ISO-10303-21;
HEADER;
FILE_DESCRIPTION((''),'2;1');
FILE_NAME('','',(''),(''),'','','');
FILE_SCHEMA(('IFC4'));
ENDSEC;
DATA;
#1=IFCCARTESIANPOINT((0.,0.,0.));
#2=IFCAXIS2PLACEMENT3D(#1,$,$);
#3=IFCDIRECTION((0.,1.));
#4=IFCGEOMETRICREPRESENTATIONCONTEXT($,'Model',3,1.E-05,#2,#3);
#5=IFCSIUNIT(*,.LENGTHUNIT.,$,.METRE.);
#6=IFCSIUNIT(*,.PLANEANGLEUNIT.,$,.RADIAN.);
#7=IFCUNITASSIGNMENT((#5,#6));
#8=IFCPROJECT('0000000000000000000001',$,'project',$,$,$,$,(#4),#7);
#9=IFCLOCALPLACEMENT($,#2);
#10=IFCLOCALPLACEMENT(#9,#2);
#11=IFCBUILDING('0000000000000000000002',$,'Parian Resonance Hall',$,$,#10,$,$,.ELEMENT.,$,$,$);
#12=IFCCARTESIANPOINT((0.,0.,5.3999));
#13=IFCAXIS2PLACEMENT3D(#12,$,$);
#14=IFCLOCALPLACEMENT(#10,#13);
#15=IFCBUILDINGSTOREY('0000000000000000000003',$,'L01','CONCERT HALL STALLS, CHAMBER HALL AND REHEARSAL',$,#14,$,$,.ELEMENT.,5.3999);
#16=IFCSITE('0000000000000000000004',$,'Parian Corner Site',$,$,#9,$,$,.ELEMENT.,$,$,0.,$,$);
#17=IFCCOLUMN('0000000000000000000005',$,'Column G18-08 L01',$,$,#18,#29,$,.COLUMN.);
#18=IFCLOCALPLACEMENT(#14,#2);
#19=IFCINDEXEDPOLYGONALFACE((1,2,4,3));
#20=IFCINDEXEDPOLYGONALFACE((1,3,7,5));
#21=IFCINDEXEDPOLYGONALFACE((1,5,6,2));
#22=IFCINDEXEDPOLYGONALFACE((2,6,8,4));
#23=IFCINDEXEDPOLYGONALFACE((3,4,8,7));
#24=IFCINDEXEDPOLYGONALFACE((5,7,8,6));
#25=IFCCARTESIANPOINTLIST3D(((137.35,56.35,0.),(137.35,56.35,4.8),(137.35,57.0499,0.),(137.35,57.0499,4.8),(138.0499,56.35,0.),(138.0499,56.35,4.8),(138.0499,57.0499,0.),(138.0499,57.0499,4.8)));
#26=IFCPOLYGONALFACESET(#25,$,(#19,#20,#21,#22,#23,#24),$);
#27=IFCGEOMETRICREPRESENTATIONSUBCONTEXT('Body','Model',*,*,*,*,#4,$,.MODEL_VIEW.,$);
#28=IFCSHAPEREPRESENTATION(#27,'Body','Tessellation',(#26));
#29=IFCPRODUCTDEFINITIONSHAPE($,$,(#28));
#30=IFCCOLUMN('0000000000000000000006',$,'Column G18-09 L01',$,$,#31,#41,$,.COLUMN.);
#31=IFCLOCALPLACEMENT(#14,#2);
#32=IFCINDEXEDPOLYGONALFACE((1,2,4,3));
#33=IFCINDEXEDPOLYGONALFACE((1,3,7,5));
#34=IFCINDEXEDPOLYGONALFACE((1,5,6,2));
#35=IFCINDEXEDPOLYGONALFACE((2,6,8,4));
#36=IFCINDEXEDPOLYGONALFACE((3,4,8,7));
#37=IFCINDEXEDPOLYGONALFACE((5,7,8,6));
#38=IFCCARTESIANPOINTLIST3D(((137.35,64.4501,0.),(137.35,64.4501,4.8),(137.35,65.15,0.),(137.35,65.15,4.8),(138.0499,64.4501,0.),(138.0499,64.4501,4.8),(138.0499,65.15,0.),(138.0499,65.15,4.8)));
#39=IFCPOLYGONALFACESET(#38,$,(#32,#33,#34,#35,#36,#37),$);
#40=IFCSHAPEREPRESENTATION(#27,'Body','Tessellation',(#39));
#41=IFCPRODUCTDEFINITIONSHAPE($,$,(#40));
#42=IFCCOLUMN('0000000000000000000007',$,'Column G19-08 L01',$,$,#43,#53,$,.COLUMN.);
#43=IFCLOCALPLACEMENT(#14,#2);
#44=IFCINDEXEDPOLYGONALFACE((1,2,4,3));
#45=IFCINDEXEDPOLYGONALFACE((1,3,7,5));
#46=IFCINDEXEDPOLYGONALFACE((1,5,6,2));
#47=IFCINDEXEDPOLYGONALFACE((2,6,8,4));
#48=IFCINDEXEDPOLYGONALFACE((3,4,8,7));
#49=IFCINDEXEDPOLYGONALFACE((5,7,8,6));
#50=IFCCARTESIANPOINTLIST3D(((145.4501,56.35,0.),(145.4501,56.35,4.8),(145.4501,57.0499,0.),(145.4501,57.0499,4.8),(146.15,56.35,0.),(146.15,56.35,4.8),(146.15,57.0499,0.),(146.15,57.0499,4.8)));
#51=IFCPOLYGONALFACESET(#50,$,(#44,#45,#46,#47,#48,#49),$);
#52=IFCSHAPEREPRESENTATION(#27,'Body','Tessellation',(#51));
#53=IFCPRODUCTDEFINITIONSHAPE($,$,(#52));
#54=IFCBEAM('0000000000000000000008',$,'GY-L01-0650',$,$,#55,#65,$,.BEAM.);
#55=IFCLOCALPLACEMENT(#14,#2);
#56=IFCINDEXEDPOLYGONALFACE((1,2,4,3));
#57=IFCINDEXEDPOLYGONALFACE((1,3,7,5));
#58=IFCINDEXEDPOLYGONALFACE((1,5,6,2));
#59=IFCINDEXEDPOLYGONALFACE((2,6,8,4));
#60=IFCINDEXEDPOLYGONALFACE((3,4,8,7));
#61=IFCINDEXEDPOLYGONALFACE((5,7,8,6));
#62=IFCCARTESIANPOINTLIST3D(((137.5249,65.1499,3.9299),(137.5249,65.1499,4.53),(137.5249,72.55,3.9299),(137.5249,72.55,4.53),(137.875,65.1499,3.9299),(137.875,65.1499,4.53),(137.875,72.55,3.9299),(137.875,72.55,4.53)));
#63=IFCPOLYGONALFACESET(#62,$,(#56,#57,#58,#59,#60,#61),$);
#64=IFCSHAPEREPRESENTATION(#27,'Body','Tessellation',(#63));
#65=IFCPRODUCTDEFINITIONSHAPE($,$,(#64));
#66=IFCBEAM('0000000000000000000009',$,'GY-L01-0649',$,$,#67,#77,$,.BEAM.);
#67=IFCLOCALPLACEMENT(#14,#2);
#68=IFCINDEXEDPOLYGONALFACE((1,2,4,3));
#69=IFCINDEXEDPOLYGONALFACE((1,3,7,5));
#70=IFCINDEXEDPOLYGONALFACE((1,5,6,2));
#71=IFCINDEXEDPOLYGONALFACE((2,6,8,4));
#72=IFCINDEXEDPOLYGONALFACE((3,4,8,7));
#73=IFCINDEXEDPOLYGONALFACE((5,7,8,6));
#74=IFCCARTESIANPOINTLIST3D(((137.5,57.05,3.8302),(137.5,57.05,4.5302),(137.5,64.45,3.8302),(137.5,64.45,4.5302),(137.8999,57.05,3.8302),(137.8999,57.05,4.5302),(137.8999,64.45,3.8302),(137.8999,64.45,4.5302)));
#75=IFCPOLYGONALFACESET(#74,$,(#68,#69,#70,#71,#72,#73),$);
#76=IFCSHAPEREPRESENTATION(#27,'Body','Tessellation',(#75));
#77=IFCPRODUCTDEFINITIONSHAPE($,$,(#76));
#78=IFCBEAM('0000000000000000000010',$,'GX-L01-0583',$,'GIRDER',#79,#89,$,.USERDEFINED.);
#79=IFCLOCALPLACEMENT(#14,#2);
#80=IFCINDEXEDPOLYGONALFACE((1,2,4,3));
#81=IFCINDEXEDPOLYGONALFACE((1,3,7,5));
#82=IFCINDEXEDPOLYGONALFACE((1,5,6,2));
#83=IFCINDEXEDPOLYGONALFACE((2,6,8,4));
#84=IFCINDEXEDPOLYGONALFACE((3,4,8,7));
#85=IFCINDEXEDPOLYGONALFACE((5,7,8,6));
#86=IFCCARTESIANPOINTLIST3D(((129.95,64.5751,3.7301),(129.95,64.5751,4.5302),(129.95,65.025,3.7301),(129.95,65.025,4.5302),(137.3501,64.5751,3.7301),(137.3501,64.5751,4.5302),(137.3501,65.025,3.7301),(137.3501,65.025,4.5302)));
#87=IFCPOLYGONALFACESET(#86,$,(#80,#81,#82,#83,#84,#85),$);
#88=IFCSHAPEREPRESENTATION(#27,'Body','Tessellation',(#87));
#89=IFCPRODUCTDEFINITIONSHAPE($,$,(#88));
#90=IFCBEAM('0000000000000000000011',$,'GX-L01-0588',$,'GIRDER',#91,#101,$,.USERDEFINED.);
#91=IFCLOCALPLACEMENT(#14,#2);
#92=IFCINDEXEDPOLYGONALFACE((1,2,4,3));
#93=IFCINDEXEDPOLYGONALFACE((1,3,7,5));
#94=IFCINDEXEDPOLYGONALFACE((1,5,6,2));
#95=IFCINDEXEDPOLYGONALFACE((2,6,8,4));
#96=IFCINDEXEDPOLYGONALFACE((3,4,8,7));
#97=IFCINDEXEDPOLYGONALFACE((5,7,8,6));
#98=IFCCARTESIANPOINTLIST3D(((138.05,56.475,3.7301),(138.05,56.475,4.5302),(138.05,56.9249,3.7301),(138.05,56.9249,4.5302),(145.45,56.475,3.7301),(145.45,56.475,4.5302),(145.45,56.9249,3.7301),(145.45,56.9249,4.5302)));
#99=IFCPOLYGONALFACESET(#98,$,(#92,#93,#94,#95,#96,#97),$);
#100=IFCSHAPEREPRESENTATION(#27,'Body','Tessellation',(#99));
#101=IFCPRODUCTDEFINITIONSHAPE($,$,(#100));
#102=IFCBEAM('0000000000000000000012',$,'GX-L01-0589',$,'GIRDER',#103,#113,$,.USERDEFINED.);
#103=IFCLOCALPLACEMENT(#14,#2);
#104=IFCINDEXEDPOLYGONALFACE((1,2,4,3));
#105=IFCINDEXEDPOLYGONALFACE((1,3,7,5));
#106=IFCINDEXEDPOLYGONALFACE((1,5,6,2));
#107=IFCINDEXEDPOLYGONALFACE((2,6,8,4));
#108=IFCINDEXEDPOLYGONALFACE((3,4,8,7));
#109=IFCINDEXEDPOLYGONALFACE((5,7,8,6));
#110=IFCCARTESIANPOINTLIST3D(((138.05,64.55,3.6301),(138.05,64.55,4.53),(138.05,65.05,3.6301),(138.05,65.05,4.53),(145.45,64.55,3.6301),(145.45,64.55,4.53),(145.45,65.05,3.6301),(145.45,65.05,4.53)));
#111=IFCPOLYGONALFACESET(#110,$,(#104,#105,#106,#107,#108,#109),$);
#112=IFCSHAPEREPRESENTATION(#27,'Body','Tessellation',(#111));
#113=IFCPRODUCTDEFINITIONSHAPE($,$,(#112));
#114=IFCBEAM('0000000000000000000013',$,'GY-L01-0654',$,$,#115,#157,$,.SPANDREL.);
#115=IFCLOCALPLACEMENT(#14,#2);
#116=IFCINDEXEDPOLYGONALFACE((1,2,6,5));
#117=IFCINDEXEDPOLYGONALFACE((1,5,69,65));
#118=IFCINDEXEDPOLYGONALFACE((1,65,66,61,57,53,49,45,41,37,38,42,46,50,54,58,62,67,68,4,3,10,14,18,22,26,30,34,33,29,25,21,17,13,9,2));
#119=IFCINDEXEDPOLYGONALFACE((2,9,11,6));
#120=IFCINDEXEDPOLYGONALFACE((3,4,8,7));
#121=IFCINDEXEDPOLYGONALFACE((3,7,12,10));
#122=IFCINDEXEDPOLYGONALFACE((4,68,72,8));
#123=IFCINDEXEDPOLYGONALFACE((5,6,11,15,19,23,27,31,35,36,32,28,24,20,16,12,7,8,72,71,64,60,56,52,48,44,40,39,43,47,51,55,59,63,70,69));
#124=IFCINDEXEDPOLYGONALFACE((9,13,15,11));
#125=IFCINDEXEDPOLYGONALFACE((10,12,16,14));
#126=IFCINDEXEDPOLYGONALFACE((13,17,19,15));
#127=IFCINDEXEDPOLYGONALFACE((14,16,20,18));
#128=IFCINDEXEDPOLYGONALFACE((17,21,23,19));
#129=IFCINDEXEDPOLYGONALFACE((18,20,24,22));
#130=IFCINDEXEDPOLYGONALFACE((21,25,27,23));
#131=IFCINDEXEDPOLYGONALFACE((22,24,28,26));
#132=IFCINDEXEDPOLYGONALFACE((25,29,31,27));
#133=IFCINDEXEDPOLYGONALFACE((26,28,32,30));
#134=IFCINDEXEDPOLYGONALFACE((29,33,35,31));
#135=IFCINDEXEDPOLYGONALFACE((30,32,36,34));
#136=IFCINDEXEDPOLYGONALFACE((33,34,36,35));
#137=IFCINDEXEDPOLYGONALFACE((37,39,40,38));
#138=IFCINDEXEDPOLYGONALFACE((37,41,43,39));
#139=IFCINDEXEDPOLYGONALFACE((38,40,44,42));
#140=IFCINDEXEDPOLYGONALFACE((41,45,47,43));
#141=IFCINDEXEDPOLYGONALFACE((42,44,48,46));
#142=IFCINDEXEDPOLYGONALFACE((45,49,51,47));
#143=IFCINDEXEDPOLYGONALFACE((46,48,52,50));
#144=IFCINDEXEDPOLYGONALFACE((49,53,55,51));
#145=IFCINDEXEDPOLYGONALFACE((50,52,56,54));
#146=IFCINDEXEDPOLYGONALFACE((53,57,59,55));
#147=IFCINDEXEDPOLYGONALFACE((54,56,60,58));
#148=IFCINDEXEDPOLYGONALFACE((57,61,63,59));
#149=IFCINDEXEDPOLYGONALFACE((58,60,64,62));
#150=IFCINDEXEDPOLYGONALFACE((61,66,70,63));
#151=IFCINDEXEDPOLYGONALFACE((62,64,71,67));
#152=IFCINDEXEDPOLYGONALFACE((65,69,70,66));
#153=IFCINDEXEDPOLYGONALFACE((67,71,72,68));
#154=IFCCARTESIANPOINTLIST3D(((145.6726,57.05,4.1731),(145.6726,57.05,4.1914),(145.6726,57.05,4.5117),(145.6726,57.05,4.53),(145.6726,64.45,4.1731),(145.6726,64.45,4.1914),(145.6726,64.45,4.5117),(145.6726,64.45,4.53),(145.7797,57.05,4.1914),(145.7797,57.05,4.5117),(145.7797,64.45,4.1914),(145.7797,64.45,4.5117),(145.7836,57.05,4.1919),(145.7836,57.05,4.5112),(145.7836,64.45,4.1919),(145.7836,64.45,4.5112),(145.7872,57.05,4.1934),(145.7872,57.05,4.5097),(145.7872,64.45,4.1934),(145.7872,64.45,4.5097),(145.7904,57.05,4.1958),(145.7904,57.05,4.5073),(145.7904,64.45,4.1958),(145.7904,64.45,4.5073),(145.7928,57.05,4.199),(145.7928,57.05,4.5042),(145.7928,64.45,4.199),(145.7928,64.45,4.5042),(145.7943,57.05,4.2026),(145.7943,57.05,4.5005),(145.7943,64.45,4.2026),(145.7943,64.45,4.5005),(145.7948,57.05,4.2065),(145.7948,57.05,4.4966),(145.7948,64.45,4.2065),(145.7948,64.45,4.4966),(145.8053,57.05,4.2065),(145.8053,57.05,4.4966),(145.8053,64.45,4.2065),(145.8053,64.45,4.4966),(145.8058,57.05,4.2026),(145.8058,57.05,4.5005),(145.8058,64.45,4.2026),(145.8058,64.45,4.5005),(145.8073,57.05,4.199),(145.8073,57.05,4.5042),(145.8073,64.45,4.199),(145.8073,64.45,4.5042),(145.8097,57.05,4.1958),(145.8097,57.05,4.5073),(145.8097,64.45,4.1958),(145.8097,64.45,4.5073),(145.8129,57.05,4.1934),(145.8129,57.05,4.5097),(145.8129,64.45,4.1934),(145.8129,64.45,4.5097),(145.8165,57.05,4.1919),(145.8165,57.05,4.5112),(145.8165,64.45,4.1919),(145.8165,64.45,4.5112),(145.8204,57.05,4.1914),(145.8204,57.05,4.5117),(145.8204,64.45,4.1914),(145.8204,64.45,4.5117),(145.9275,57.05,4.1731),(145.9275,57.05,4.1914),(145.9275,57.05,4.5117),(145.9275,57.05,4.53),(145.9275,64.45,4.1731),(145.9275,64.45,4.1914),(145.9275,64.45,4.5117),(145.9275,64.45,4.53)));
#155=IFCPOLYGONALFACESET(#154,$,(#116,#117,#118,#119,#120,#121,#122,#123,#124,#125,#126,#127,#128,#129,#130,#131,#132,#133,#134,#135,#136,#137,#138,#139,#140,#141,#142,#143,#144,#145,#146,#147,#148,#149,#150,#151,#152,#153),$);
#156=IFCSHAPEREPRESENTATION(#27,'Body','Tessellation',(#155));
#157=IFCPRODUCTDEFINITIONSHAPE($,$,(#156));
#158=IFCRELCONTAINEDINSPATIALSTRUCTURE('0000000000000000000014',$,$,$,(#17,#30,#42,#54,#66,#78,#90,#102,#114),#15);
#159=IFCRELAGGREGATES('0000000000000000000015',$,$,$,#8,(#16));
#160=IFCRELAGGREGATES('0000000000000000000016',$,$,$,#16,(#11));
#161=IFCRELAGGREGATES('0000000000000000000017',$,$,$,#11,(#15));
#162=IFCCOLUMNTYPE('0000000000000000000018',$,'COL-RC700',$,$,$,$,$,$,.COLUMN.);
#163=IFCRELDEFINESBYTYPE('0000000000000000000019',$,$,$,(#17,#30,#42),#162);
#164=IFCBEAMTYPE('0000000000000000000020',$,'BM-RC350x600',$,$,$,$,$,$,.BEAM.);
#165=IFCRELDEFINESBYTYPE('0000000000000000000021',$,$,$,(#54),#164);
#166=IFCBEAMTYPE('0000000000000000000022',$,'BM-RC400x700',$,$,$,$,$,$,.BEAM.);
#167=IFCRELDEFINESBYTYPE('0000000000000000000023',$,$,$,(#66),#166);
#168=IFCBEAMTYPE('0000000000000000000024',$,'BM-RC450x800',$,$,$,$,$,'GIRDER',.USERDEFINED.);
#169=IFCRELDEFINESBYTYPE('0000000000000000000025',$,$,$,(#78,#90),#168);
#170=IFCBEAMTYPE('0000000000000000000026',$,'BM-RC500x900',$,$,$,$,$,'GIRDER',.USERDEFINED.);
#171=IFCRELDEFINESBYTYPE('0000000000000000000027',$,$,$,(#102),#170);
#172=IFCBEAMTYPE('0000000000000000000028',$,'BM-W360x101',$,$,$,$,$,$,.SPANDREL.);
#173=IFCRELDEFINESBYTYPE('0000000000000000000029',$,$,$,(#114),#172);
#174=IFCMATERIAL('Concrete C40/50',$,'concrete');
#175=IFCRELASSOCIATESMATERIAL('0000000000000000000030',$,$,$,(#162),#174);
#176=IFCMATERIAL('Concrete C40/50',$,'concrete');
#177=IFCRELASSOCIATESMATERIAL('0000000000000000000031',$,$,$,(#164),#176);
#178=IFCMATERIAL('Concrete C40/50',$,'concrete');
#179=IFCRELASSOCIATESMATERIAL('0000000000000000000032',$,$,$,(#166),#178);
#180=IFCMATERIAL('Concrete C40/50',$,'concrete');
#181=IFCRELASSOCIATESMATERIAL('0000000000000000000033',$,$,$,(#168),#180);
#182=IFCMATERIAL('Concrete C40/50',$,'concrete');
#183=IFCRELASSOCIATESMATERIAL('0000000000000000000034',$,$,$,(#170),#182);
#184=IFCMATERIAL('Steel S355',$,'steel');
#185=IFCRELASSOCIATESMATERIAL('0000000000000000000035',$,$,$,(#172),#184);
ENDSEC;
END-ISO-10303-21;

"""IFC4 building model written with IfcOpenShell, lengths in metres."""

from ifc_helpers import new_model, si_unit, direction, frame, origin, origin_2d, place, context, subcontext, project, spatial, rectangle, i_section, extrude, material, material_profile, profile_set, type_object, element, save


model = new_model("IFC4")

# Units and contexts
model_context = context("Model", 3, precision=1e-05, world=origin(), true_north=direction((0.0, 1.0)))
body_context = subcontext(model_context, "Body", "Model", "MODEL_VIEW")
ifc_project = project(units=[si_unit("LENGTHUNIT", "METRE"), si_unit("PLANEANGLEUNIT", "RADIAN")], contexts=[model_context])

# Site, building, storey
site_placement = place(None, origin())
site = spatial("IfcSite", under=ifc_project, at=site_placement, Name="Parian Corner Site", CompositionType="ELEMENT", RefElevation=0.0)
building_placement = place(site_placement, origin())
building = spatial("IfcBuilding", under=site, at=building_placement, Name="Parian Resonance Hall", CompositionType="ELEMENT")
storey_placement = place(building_placement, frame((0.0, 0.0, 5.3999)))
storey = spatial("IfcBuildingStorey", under=building, at=storey_placement, Name="L01", Description="CONCERT HALL STALLS, CHAMBER HALL AND REHEARSAL", CompositionType="ELEMENT", Elevation=5.3999)

# Columns
ifc_material_1 = material(Name="Concrete C40/50", Category="concrete")
ifc_material_profile_1 = material_profile(ifc_material_1, rectangle(XDim=0.7, YDim=0.7, at=origin_2d()), Name="RC-COL-700x700")
ifc_profile_set_1 = profile_set([ifc_material_profile_1], Name="Concrete C40/50")
column_type = type_object("IfcColumnType", Name="COL-RC700", PredefinedType="COLUMN", material=ifc_profile_set_1)
for number, where, z_axis, x_axis, name in (
    (1, (137.7, 56.7, 0.0), (0.0, 0.0, 1.0), (1.0, 0.0, 0.0), "Column G18-08 L01"),
    (2, (137.7, 64.8, 0.0), (0.0, 0.0, 1.0), (1.0, 0.0, 0.0), "Column G18-09 L01"),
    (3, (145.8, 56.7, 0.0), (0.0, 0.0, 1.0), (1.0, 0.0, 0.0), "Column G19-08 L01"),
):
    element("IfcColumn", number, at=place(storey_placement, frame(where, z_axis=z_axis, x_axis=x_axis)), inside=storey, type_object=column_type, Name=name, PredefinedType="COLUMN", context=body_context, shape_type="SweptSolid", body=[
        extrude(rectangle(XDim=0.7, YDim=0.7, at=origin_2d()), origin(), (0.0, 0.0, 1.0), 4.8),
    ])

# Beams
ifc_material_2 = material(Name="Concrete C40/50", Category="concrete")
ifc_material_profile_2 = material_profile(ifc_material_2, rectangle(XDim=0.3501, YDim=0.6001, at=origin_2d()), Name="RC-BM-350x600")
ifc_profile_set_2 = profile_set([ifc_material_profile_2], Name="Concrete C40/50")
beam_type_1 = type_object("IfcBeamType", Name="BM-RC350x600", PredefinedType="BEAM", material=ifc_profile_set_2)
beam_1_placement = place(storey_placement, frame((137.7, 65.1499, 4.23), z_axis=(0.0, 1.0, 0.0), x_axis=(-1.0, 0.0, 0.0)))
element("IfcBeam", 4, at=beam_1_placement, inside=storey, type_object=beam_type_1, Name="GY-L01-0650", PredefinedType="BEAM", context=body_context, shape_type="SweptSolid", body=[
    extrude(rectangle(XDim=0.3501, YDim=0.6001, at=origin_2d()), origin(), (0.0, 0.0, 1.0), 7.4001),
])
ifc_material_3 = material(Name="Concrete C40/50", Category="concrete")
ifc_material_profile_3 = material_profile(ifc_material_3, rectangle(XDim=0.3999, YDim=0.7, at=origin_2d()), Name="RC-BM-400x700")
ifc_profile_set_3 = profile_set([ifc_material_profile_3], Name="Concrete C40/50")
beam_type_2 = type_object("IfcBeamType", Name="BM-RC400x700", PredefinedType="BEAM", material=ifc_profile_set_3)
beam_2_placement = place(storey_placement, frame((137.7, 57.05, 4.1802), z_axis=(0.0, 1.0, 0.0), x_axis=(-1.0, 0.0, 0.0)))
element("IfcBeam", 5, at=beam_2_placement, inside=storey, type_object=beam_type_2, Name="GY-L01-0649", PredefinedType="BEAM", context=body_context, shape_type="SweptSolid", body=[
    extrude(rectangle(XDim=0.3999, YDim=0.7, at=origin_2d()), origin(), (0.0, 0.0, 1.0), 7.3999),
])
ifc_material_4 = material(Name="Concrete C40/50", Category="concrete")
ifc_material_profile_4 = material_profile(ifc_material_4, rectangle(XDim=0.45, YDim=0.8, at=origin_2d()), Name="RC-BM-450x800")
ifc_profile_set_4 = profile_set([ifc_material_profile_4], Name="Concrete C40/50")
beam_type_3 = type_object("IfcBeamType", Name="BM-RC450x800", ElementType="GIRDER", PredefinedType="USERDEFINED", material=ifc_profile_set_4)
beam_3_placement = place(storey_placement, frame((129.95, 64.8, 4.1301), z_axis=(1.0, 0.0, 0.0), x_axis=(0.0, 1.0, 0.0)))
element("IfcBeam", 6, at=beam_3_placement, inside=storey, type_object=beam_type_3, Name="GX-L01-0583", ObjectType="GIRDER", PredefinedType="USERDEFINED", context=body_context, shape_type="SweptSolid", body=[
    extrude(rectangle(XDim=0.45, YDim=0.8, at=origin_2d()), origin(), (0.0, 0.0, 1.0), 7.4001),
])
beam_4_placement = place(storey_placement, frame((138.05, 56.7, 4.1301), z_axis=(1.0, 0.0, 0.0), x_axis=(0.0, 1.0, 0.0)))
element("IfcBeam", 7, at=beam_4_placement, inside=storey, type_object=beam_type_3, Name="GX-L01-0588", ObjectType="GIRDER", PredefinedType="USERDEFINED", context=body_context, shape_type="SweptSolid", body=[
    extrude(rectangle(XDim=0.45, YDim=0.8, at=origin_2d()), origin(), (0.0, 0.0, 1.0), 7.3999),
])
ifc_material_5 = material(Name="Concrete C40/50", Category="concrete")
ifc_material_profile_5 = material_profile(ifc_material_5, rectangle(XDim=0.5, YDim=0.8999, at=origin_2d()), Name="RC-BM-500x900")
ifc_profile_set_5 = profile_set([ifc_material_profile_5], Name="Concrete C40/50")
beam_type_4 = type_object("IfcBeamType", Name="BM-RC500x900", ElementType="GIRDER", PredefinedType="USERDEFINED", material=ifc_profile_set_5)
beam_5_placement = place(storey_placement, frame((138.05, 64.8, 4.0801), z_axis=(1.0, 0.0, 0.0), x_axis=(0.0, 1.0, 0.0)))
element("IfcBeam", 8, at=beam_5_placement, inside=storey, type_object=beam_type_4, Name="GX-L01-0589", ObjectType="GIRDER", PredefinedType="USERDEFINED", context=body_context, shape_type="SweptSolid", body=[
    extrude(rectangle(XDim=0.5, YDim=0.8999, at=origin_2d()), origin(), (0.0, 0.0, 1.0), 7.3999),
])
ifc_material_6 = material(Name="Steel S355", Category="steel")
ifc_material_profile_6 = material_profile(ifc_material_6, i_section(OverallWidth=0.2549, OverallDepth=0.3569, WebThickness=0.0105, FlangeThickness=0.0183, FilletRadius=0.0151, at=origin_2d()), Name="W360x101")
ifc_profile_set_6 = profile_set([ifc_material_profile_6], Name="Steel S355")
beam_type_5 = type_object("IfcBeamType", Name="BM-W360x101", PredefinedType="SPANDREL", material=ifc_profile_set_6)
beam_6_placement = place(storey_placement, frame((145.8, 57.05, 4.3516), z_axis=(0.0, 1.0, 0.0), x_axis=(-1.0, 0.0, 0.0)))
element("IfcBeam", 9, at=beam_6_placement, inside=storey, type_object=beam_type_5, Name="GY-L01-0654", PredefinedType="SPANDREL", context=body_context, shape_type="SweptSolid", body=[
    extrude(i_section(OverallWidth=0.2549, OverallDepth=0.3569, WebThickness=0.0105, FlangeThickness=0.0183, FilletRadius=0.0151, at=origin_2d()), origin(), (0.0, 0.0, 1.0), 7.3999),
])

save(model, "model.ifc")
